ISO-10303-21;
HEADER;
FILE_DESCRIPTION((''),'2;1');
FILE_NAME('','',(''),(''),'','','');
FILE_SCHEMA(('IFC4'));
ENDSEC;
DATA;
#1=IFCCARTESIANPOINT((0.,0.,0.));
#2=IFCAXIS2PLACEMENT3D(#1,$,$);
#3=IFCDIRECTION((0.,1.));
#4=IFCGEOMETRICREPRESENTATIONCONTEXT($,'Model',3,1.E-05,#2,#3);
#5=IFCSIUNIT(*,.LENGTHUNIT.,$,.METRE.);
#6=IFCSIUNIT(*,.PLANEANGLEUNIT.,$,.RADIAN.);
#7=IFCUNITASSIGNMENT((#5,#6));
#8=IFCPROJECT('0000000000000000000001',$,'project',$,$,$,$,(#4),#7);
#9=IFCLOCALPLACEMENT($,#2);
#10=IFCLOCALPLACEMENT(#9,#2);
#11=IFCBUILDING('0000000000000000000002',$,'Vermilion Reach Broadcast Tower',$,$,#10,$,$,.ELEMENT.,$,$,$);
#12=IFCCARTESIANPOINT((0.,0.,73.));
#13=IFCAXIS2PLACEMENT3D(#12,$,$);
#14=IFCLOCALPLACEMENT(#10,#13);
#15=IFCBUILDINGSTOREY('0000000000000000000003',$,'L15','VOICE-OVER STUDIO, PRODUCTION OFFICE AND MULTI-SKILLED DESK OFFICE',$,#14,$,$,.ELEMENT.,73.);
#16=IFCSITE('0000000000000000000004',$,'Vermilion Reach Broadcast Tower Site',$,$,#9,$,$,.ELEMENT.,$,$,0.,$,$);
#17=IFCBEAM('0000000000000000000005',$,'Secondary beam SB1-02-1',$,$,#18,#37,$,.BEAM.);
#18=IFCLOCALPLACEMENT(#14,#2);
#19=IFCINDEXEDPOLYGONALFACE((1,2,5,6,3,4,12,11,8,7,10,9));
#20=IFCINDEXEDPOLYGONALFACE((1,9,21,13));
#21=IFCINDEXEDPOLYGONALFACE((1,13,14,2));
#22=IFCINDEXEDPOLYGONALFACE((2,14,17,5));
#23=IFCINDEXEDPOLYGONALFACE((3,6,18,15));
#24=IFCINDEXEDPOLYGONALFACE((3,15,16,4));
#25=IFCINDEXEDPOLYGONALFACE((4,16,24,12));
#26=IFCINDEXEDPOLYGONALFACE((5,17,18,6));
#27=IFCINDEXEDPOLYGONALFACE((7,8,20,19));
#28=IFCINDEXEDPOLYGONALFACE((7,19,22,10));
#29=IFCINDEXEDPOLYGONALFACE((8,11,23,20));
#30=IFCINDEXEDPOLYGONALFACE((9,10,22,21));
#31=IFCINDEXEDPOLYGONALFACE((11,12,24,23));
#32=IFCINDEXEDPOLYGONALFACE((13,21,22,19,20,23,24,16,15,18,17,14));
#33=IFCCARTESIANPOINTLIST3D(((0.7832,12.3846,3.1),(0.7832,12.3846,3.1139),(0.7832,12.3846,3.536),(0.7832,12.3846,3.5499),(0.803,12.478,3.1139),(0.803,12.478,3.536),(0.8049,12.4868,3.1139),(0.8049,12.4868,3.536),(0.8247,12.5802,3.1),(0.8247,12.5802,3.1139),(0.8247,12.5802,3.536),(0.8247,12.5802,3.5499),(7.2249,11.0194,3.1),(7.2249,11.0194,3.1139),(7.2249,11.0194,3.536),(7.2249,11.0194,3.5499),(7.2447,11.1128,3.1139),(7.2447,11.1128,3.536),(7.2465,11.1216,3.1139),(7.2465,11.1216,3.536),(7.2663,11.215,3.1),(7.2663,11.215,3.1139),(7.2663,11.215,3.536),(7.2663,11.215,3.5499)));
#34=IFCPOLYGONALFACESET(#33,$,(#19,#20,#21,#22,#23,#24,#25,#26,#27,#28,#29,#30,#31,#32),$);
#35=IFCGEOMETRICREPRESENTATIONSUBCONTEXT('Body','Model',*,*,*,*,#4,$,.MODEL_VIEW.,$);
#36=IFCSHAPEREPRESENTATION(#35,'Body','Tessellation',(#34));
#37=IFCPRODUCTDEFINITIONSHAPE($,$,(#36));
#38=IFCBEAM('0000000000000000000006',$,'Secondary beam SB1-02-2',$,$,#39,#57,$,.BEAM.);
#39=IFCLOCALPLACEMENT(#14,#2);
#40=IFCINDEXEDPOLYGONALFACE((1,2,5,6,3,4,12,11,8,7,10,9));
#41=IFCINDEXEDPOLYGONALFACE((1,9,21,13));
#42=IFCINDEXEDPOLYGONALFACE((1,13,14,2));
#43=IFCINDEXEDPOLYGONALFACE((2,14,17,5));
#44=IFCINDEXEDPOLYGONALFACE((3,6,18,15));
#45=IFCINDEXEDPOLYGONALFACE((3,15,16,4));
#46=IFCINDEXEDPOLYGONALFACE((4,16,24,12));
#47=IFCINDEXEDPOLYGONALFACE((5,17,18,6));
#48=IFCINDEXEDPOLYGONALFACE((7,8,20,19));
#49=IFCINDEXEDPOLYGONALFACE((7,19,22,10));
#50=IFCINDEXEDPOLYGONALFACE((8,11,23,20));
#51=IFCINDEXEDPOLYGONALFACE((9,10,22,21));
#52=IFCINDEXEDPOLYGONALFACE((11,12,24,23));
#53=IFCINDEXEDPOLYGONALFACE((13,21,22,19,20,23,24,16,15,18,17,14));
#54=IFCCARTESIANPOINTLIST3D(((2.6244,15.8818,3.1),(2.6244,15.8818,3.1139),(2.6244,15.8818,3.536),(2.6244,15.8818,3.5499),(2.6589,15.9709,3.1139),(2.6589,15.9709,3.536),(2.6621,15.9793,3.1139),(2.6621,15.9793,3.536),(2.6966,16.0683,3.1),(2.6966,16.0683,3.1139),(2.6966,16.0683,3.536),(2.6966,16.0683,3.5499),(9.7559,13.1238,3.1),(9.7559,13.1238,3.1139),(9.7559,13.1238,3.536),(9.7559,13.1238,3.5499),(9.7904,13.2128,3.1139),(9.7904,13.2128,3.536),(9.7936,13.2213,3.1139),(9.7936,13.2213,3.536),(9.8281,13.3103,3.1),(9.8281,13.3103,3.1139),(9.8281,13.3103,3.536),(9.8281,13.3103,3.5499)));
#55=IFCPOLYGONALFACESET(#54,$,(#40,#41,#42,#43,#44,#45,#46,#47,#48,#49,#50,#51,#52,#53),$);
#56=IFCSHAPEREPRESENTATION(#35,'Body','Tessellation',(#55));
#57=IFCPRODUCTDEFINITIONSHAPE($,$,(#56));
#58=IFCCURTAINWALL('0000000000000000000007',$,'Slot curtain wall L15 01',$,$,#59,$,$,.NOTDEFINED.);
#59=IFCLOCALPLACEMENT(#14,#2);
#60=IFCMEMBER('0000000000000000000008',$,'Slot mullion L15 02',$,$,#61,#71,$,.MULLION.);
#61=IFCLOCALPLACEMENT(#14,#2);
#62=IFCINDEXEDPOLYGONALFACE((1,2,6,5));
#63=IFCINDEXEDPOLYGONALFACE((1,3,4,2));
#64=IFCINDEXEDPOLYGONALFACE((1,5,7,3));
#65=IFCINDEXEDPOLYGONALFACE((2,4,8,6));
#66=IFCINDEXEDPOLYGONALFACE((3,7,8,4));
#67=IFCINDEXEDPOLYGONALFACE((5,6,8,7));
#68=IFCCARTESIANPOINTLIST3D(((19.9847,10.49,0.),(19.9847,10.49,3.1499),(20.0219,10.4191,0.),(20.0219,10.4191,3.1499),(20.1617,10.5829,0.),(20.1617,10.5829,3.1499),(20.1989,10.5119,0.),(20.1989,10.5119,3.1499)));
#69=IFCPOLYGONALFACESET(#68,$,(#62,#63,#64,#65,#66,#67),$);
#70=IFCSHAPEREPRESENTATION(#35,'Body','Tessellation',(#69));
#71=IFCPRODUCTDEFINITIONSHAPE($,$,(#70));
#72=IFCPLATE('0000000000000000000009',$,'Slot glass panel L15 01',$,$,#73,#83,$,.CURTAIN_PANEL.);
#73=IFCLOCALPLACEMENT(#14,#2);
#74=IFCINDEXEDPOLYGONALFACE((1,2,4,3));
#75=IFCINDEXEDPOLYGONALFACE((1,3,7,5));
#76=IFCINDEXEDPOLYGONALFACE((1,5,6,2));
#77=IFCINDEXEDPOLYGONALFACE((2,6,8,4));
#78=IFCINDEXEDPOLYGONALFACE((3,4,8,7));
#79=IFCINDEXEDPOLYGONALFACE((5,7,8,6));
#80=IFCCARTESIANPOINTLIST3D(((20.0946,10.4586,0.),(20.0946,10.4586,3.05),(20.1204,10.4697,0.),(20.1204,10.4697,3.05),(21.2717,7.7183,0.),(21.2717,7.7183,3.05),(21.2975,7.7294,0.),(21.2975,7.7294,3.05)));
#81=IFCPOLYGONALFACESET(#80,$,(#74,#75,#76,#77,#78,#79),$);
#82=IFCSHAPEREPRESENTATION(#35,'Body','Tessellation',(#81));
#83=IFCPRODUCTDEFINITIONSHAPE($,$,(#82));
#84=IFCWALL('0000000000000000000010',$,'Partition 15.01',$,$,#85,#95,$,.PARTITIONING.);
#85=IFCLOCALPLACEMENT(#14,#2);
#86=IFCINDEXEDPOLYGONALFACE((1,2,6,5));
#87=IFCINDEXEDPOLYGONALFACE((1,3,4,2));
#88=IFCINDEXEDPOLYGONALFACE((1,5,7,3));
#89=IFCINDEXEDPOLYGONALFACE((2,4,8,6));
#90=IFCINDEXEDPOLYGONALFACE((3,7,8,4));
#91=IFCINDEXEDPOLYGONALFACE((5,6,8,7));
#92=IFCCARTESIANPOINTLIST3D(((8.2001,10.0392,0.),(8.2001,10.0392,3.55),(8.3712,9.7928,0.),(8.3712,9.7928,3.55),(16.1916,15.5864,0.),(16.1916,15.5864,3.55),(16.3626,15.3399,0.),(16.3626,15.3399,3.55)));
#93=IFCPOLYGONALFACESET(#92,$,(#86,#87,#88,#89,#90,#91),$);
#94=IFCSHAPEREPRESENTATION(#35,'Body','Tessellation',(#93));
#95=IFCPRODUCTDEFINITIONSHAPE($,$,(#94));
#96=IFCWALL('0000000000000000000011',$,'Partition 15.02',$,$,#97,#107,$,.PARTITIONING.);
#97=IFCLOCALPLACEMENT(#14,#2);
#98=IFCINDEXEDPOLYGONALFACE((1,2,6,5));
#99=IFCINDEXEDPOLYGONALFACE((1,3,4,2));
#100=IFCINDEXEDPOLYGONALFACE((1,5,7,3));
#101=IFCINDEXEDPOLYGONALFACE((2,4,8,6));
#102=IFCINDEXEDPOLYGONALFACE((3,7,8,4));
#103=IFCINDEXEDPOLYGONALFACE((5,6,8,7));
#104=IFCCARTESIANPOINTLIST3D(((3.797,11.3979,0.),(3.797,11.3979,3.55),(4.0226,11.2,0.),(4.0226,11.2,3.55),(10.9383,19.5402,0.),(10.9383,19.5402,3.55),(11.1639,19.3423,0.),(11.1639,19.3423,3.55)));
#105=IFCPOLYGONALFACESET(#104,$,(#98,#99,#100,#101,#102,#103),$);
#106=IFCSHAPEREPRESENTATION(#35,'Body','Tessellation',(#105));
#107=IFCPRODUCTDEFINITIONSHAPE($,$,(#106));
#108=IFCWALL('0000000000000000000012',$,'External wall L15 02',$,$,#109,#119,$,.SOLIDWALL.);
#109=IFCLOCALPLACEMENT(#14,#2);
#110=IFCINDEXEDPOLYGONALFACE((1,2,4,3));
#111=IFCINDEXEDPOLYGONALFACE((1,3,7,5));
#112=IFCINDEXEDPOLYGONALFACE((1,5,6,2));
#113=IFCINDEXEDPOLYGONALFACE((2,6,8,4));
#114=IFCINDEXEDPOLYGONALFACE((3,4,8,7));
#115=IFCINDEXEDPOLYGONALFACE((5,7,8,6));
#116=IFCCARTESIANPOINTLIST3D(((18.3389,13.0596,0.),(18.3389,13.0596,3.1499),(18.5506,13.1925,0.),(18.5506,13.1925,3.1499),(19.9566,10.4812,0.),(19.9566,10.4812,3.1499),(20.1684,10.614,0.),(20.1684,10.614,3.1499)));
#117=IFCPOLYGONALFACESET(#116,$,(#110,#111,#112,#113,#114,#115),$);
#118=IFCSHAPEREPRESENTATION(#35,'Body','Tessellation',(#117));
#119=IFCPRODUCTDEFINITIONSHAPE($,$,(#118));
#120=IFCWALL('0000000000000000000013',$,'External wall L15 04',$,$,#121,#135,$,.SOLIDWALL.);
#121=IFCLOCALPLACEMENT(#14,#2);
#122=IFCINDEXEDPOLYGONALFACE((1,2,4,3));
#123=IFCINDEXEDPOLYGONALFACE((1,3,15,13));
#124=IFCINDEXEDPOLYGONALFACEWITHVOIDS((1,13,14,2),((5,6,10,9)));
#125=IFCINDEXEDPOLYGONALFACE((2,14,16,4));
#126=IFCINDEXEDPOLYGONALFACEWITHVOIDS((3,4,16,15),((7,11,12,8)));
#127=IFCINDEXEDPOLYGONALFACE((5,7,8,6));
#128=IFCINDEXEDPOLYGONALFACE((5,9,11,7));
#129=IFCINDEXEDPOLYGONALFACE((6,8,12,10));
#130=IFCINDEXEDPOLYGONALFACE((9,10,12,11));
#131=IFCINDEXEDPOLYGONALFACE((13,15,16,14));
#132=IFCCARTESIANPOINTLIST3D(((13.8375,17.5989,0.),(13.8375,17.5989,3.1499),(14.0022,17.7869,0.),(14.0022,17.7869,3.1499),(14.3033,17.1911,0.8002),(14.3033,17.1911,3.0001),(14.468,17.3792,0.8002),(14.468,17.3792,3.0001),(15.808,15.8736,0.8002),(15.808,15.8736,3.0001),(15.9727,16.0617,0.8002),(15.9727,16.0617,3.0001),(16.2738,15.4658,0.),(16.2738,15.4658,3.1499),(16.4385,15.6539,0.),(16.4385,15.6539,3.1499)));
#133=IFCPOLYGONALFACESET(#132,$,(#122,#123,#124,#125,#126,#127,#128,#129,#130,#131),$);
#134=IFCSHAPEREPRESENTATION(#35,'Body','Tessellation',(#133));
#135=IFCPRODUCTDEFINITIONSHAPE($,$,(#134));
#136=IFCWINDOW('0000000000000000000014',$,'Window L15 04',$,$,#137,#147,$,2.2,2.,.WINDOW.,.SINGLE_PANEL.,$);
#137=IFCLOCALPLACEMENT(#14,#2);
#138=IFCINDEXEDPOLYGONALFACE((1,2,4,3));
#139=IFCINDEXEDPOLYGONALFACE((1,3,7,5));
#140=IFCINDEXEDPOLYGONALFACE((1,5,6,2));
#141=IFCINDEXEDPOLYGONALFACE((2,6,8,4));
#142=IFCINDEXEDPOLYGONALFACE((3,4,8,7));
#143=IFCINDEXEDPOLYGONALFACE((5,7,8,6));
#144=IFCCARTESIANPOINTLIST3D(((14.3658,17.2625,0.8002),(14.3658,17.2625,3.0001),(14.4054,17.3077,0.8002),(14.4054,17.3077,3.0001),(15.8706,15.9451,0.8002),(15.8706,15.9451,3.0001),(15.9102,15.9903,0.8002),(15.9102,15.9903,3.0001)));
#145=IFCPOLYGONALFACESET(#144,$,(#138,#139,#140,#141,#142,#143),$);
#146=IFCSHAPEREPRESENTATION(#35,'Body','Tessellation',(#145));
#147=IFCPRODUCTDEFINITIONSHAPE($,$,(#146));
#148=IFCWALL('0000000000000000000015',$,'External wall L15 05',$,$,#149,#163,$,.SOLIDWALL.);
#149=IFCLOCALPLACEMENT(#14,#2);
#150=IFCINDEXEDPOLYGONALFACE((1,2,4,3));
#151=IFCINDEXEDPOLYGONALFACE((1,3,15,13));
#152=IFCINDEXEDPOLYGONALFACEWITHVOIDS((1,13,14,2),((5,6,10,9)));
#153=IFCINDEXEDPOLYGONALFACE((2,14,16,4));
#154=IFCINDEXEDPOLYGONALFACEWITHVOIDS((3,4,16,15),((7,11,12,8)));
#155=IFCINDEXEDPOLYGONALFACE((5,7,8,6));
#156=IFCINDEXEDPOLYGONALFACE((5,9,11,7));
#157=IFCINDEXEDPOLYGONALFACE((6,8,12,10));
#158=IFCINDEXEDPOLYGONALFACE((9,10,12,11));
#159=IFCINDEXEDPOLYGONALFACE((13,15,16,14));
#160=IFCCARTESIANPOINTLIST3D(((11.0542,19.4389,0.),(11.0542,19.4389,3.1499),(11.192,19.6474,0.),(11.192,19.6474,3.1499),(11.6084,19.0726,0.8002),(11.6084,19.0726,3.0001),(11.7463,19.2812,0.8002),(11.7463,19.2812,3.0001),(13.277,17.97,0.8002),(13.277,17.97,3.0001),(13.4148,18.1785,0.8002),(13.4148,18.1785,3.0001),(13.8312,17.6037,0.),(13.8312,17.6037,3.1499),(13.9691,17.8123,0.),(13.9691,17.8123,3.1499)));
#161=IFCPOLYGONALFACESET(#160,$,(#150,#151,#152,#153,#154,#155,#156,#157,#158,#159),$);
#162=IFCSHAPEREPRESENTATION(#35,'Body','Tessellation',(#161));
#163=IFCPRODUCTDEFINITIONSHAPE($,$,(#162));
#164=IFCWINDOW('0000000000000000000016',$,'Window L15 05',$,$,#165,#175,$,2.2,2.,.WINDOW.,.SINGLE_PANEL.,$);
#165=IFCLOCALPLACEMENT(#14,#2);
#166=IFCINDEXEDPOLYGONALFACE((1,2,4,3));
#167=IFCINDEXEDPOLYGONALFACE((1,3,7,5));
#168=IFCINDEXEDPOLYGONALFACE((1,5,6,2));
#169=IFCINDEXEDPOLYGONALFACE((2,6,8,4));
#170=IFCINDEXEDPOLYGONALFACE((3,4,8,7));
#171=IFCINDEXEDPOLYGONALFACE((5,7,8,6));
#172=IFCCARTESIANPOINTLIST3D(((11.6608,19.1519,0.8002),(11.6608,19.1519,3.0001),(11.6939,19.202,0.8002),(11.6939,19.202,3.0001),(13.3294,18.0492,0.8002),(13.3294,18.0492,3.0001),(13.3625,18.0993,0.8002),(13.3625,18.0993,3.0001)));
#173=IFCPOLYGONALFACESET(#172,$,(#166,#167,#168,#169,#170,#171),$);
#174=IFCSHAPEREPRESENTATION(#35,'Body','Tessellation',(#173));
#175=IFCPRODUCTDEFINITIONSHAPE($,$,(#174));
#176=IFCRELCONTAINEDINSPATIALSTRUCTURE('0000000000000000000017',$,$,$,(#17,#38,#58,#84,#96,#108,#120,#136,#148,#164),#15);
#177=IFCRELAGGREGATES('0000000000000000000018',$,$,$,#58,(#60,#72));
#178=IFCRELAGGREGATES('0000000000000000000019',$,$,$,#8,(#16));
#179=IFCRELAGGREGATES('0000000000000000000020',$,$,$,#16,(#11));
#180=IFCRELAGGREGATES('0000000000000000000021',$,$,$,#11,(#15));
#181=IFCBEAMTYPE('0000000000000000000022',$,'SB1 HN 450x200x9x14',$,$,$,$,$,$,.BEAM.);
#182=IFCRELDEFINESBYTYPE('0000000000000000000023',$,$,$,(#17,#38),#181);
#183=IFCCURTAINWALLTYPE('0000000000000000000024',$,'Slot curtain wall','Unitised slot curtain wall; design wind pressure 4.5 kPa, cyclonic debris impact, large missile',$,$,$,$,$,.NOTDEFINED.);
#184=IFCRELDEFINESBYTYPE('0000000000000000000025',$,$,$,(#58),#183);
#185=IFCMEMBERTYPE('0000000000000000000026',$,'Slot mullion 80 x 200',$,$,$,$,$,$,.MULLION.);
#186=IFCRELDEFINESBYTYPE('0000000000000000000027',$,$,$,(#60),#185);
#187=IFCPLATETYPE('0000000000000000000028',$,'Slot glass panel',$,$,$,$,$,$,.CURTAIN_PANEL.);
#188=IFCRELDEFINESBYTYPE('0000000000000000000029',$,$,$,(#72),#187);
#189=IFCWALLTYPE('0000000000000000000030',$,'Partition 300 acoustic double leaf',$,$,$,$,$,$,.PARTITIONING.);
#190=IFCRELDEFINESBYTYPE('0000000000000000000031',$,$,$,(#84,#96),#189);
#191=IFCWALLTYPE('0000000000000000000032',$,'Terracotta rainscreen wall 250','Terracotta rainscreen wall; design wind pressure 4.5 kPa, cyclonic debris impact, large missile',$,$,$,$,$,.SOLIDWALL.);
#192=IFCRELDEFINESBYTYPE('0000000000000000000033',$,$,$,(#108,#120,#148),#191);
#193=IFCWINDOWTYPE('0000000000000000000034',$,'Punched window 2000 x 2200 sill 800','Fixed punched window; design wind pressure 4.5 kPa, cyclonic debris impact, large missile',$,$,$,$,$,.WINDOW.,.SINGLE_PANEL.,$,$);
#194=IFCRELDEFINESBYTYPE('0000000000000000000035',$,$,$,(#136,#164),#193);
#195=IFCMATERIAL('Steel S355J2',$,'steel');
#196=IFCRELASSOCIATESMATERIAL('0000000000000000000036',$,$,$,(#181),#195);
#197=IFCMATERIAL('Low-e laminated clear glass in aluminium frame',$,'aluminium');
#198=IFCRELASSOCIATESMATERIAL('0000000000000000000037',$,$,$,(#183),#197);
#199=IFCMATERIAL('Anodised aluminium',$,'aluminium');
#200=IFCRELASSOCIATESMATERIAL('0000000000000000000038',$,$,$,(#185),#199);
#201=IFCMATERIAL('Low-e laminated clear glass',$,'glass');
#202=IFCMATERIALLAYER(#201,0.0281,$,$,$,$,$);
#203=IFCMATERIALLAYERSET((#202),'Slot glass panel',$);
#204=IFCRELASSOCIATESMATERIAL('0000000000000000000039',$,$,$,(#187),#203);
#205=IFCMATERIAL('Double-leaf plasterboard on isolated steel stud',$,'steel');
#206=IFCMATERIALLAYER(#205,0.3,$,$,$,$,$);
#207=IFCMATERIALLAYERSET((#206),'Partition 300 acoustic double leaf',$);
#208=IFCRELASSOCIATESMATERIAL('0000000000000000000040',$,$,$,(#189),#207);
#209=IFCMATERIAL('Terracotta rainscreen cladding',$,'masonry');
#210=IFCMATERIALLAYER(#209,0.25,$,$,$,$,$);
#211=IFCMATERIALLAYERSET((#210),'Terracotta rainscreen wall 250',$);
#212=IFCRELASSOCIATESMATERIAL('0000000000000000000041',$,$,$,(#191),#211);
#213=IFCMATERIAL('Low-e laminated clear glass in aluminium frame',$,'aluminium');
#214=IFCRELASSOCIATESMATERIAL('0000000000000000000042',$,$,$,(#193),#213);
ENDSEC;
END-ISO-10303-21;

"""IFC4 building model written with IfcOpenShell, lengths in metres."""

from ifc_helpers import new_model, si_unit, direction, frame, frame_2d, origin, origin_2d, place, context, subcontext, project, spatial, rectangle, i_section, extrude, material, layer, layer_set, material_profile, profile_set, type_object, element, fill, aggregate, save


model = new_model("IFC4")

# Units and contexts
model_context = context("Model", 3, precision=1e-05, world=origin(), true_north=direction((0.0, 1.0)))
body_context = subcontext(model_context, "Body", "Model", "MODEL_VIEW")
ifc_project = project(units=[si_unit("LENGTHUNIT", "METRE"), si_unit("PLANEANGLEUNIT", "RADIAN")], contexts=[model_context])

# Site, building, storey
site_placement = place(None, origin())
site = spatial("IfcSite", under=ifc_project, at=site_placement, Name="Vermilion Reach Broadcast Tower Site", CompositionType="ELEMENT", RefElevation=0.0)
building_placement = place(site_placement, origin())
building = spatial("IfcBuilding", under=site, at=building_placement, Name="Vermilion Reach Broadcast Tower", CompositionType="ELEMENT")
storey_placement = place(building_placement, frame((0.0, 0.0, 73.0)))
storey = spatial("IfcBuildingStorey", under=building, at=storey_placement, Name="L15", Description="VOICE-OVER STUDIO, PRODUCTION OFFICE AND MULTI-SKILLED DESK OFFICE", CompositionType="ELEMENT", Elevation=73.0)

# Beams
ifc_material_1 = material(Name="Steel S355J2", Category="steel")
ifc_material_profile_1 = material_profile(ifc_material_1, i_section(OverallWidth=0.2, OverallDepth=0.45, WebThickness=0.009, FlangeThickness=0.0139, at=origin_2d()), Name="S355J2 HN 450x200x9x14")
ifc_profile_set_1 = profile_set([ifc_material_profile_1], Name="Steel S355J2")
beam_type_1 = type_object("IfcBeamType", Name="SB1 HN 450x200x9x14", PredefinedType="BEAM", material=ifc_profile_set_1)
beam_1_placement = place(storey_placement, frame((7.2456, 11.1172, 3.325), z_axis=(-0.97827, 0.207333, 0.0), x_axis=(-0.207333, -0.97827, 0.0)))
element("IfcBeam", 1, at=beam_1_placement, inside=storey, type_object=beam_type_1, Name="Secondary beam SB1-02-1", PredefinedType="BEAM", context=body_context, shape_type="SweptSolid", body=[
    extrude(i_section(OverallWidth=0.2, OverallDepth=0.45, WebThickness=0.009, FlangeThickness=0.0139, at=origin_2d()), origin(), (0.0, 0.0, 1.0), 6.5847),
])
beam_2_placement = place(storey_placement, frame((9.792, 13.217, 3.325), z_axis=(-0.932681, 0.360703, 0.0), x_axis=(-0.360703, -0.932681, 0.0)))
element("IfcBeam", 2, at=beam_2_placement, inside=storey, type_object=beam_type_1, Name="Secondary beam SB1-02-2", PredefinedType="BEAM", context=body_context, shape_type="SweptSolid", body=[
    extrude(i_section(OverallWidth=0.2, OverallDepth=0.45, WebThickness=0.009, FlangeThickness=0.0139, at=origin_2d()), origin(), (0.0, 0.0, 1.0), 7.6462),
])

# Curtain wall, member, plate
ifc_material_2 = material(Name="Low-e laminated clear glass in aluminium frame", Category="aluminium")
curtain_wall_type = type_object("IfcCurtainWallType", Name="Slot curtain wall", Description="Unitised slot curtain wall; design wind pressure 4.5 kPa, cyclonic debris impact, large missile", PredefinedType="NOTDEFINED", material=ifc_material_2)
curtain_wall_placement = place(storey_placement, origin())
curtain_wall = element("IfcCurtainWall", 3, at=curtain_wall_placement, inside=storey, type_object=curtain_wall_type, Name="Slot curtain wall L15 01", PredefinedType="NOTDEFINED")
ifc_material_3 = material(Name="Anodised aluminium", Category="aluminium")
ifc_material_profile_2 = material_profile(ifc_material_3, rectangle(XDim=0.2, YDim=0.0801, at=origin_2d()), Name="Slot mullion 80 x 200")
ifc_profile_set_2 = profile_set([ifc_material_profile_2], Name="Anodised aluminium")
member_type = type_object("IfcMemberType", Name="Slot mullion 80 x 200", PredefinedType="MULLION", material=ifc_profile_set_2)
member_placement = place(storey_placement, frame((20.0918, 10.501, 0.0), z_axis=(0.0, 0.0, 1.0), x_axis=(-0.885609, -0.464431, 0.0)))
member = element("IfcMember", 4, at=member_placement, type_object=member_type, Name="Slot mullion L15 02", PredefinedType="MULLION", context=body_context, shape_type="SweptSolid", body=[
    extrude(rectangle(XDim=0.2, YDim=0.0801, at=origin_2d()), origin(), (0.0, 0.0, 1.0), 3.1499),
])
ifc_material_4 = material(Name="Low-e laminated clear glass", Category="glass")
ifc_layer_1 = layer(ifc_material_4, 0.0281)
ifc_layer_set_1 = layer_set([ifc_layer_1], Name="Slot glass panel")
plate_type = type_object("IfcPlateType", Name="Slot glass panel", PredefinedType="CURTAIN_PANEL", material=ifc_layer_set_1)
plate_placement = place(storey_placement, frame((20.696, 9.094, 0.0), z_axis=(0.0, 0.0, 1.0), x_axis=(-0.394656, 0.918829, 0.0)))
plate = element("IfcPlate", 5, at=plate_placement, type_object=plate_type, Name="Slot glass panel L15 01", PredefinedType="CURTAIN_PANEL", context=body_context, shape_type="SweptSolid", body=[
    extrude(rectangle(XDim=2.9824, YDim=0.0281, at=origin_2d()), origin(), (0.0, 0.0, 1.0), 3.05),
])
aggregate(curtain_wall, [member, plate])

# Walls
ifc_material_5 = material(Name="Double-leaf plasterboard on isolated steel stud", Category="steel")
ifc_layer_2 = layer(ifc_material_5, 0.3)
ifc_layer_set_2 = layer_set([ifc_layer_2], Name="Partition 300 acoustic double leaf")
wall_type_1 = type_object("IfcWallType", Name="Partition 300 acoustic double leaf", PredefinedType="PARTITIONING", material=ifc_layer_set_2)
wall_1_placement = place(storey_placement, frame((16.2771, 15.4631, 0.0), z_axis=(0.0, 0.0, 1.0), x_axis=(-0.82149, -0.570222, 0.0)))
element("IfcWall", 6, at=wall_1_placement, inside=storey, type_object=wall_type_1, Name="Partition 15.01", PredefinedType="PARTITIONING", context=body_context, shape_type="SweptSolid", body=[
    extrude(rectangle(XDim=9.728, YDim=0.3, at=frame_2d((4.864, 0.0))), origin(), (0.0, 0.0, 1.0), 3.55),
])
wall_2_placement = place(storey_placement, frame((11.051, 19.4412, 0.0), z_axis=(0.0, 0.0, 1.0), x_axis=(-0.659384, -0.751807, 0.0)))
element("IfcWall", 7, at=wall_2_placement, inside=storey, type_object=wall_type_1, Name="Partition 15.02", PredefinedType="PARTITIONING", context=body_context, shape_type="SweptSolid", body=[
    extrude(rectangle(XDim=10.8303, YDim=0.3, at=frame_2d((5.415, 0.0))), origin(), (0.0, 0.0, 1.0), 3.55),
])
ifc_material_6 = material(Name="Terracotta rainscreen cladding", Category="masonry")
ifc_layer_3 = layer(ifc_material_6, 0.25)
ifc_layer_set_3 = layer_set([ifc_layer_3], Name="Terracotta rainscreen wall 250")
wall_type_2 = type_object("IfcWallType", Name="Terracotta rainscreen wall 250", Description="Terracotta rainscreen wall; design wind pressure 4.5 kPa, cyclonic debris impact, large missile", PredefinedType="SOLIDWALL", material=ifc_layer_set_3)
wall_3_placement = place(storey_placement, frame((20.0625, 10.5476, 0.0), z_axis=(0.0, 0.0, 1.0), x_axis=(-0.531462, 0.847082, 0.0)))
element("IfcWall", 8, at=wall_3_placement, inside=storey, type_object=wall_type_2, Name="External wall L15 02", PredefinedType="SOLIDWALL", context=body_context, shape_type="SweptSolid", body=[
    extrude(rectangle(XDim=3.0439, YDim=0.25, at=frame_2d((1.522, 0.0))), origin(), (0.0, 0.0, 1.0), 3.1499),
])

# Walls, openings, windows
wall_4_placement = place(storey_placement, frame((16.3562, 15.5598, 0.0), z_axis=(0.0, 0.0, 1.0), x_axis=(-0.752376, 0.658734, 0.0)))
wall_4 = element("IfcWall", 9, at=wall_4_placement, inside=storey, type_object=wall_type_2, Name="External wall L15 04", PredefinedType="SOLIDWALL", context=body_context, shape_type="SweptSolid", body=[
    extrude(rectangle(XDim=3.238, YDim=0.25, at=frame_2d((1.6191, 0.0))), origin(), (0.0, 0.0, 1.0), 3.1499),
])
opening_1_placement = place(wall_4_placement, frame((0.6191, 0.0, 0.8)))
opening_1 = element("IfcOpeningElement", 10, at=opening_1_placement, cuts=wall_4, PredefinedType="OPENING", context=body_context, shape_type="SweptSolid", body=[
    extrude(rectangle(XDim=2.0, YDim=2.2, at=frame_2d((1.0, 1.1001))), frame((0.0, 0.135, 0.0), z_axis=(0.0, -1.0, 0.0), x_axis=(1.0, 0.0, 0.0)), (0.0, 0.0, 1.0), 0.27),
])
ifc_material_7 = material(Name="Low-e laminated clear glass in aluminium frame", Category="aluminium")
window_type = type_object("IfcWindowType", Name="Punched window 2000 x 2200 sill 800", Description="Fixed punched window; design wind pressure 4.5 kPa, cyclonic debris impact, large missile", PartitioningType="SINGLE_PANEL", PredefinedType="WINDOW", material=ifc_material_7)
window_1_placement = place(opening_1_placement, origin())
window_1 = element("IfcWindow", 11, at=window_1_placement, inside=storey, type_object=window_type, Name="Window L15 04", OverallHeight=2.2, OverallWidth=2.0, PartitioningType="SINGLE_PANEL", PredefinedType="WINDOW", context=body_context, shape_type="SweptSolid", body=[
    extrude(rectangle(XDim=2.0, YDim=2.2, at=frame_2d((1.0, 1.1001))), frame((0.0, 0.03, 0.0), z_axis=(0.0, -1.0, 0.0), x_axis=(1.0, 0.0, 0.0)), (0.0, 0.0, 1.0), 0.0601),
])
fill(opening_1, window_1)
wall_5_placement = place(storey_placement, frame((13.9001, 17.708, 0.0), z_axis=(0.0, 0.0, 1.0), x_axis=(-0.834289, 0.551327, 0.0)))
wall_5 = element("IfcWall", 12, at=wall_5_placement, inside=storey, type_object=wall_type_2, Name="External wall L15 05", PredefinedType="SOLIDWALL", context=body_context, shape_type="SweptSolid", body=[
    extrude(rectangle(XDim=3.3286, YDim=0.25, at=frame_2d((1.6643, 0.0))), origin(), (0.0, 0.0, 1.0), 3.1499),
])
opening_2_placement = place(wall_5_placement, frame((0.6643, 0.0, 0.8)))
opening_2 = element("IfcOpeningElement", 13, at=opening_2_placement, cuts=wall_5, PredefinedType="OPENING", context=body_context, shape_type="SweptSolid", body=[
    extrude(rectangle(XDim=2.0, YDim=2.2, at=frame_2d((1.0, 1.1001))), frame((0.0, 0.135, 0.0), z_axis=(0.0, -1.0, 0.0), x_axis=(1.0, 0.0, 0.0)), (0.0, 0.0, 1.0), 0.27),
])
window_2_placement = place(opening_2_placement, origin())
window_2 = element("IfcWindow", 14, at=window_2_placement, inside=storey, type_object=window_type, Name="Window L15 05", OverallHeight=2.2, OverallWidth=2.0, PartitioningType="SINGLE_PANEL", PredefinedType="WINDOW", context=body_context, shape_type="SweptSolid", body=[
    extrude(rectangle(XDim=2.0, YDim=2.2, at=frame_2d((1.0, 1.1001))), frame((0.0, 0.03, 0.0), z_axis=(0.0, -1.0, 0.0), x_axis=(1.0, 0.0, 0.0)), (0.0, 0.0, 1.0), 0.0601),
])
fill(opening_2, window_2)

save(model, "model.ifc")
